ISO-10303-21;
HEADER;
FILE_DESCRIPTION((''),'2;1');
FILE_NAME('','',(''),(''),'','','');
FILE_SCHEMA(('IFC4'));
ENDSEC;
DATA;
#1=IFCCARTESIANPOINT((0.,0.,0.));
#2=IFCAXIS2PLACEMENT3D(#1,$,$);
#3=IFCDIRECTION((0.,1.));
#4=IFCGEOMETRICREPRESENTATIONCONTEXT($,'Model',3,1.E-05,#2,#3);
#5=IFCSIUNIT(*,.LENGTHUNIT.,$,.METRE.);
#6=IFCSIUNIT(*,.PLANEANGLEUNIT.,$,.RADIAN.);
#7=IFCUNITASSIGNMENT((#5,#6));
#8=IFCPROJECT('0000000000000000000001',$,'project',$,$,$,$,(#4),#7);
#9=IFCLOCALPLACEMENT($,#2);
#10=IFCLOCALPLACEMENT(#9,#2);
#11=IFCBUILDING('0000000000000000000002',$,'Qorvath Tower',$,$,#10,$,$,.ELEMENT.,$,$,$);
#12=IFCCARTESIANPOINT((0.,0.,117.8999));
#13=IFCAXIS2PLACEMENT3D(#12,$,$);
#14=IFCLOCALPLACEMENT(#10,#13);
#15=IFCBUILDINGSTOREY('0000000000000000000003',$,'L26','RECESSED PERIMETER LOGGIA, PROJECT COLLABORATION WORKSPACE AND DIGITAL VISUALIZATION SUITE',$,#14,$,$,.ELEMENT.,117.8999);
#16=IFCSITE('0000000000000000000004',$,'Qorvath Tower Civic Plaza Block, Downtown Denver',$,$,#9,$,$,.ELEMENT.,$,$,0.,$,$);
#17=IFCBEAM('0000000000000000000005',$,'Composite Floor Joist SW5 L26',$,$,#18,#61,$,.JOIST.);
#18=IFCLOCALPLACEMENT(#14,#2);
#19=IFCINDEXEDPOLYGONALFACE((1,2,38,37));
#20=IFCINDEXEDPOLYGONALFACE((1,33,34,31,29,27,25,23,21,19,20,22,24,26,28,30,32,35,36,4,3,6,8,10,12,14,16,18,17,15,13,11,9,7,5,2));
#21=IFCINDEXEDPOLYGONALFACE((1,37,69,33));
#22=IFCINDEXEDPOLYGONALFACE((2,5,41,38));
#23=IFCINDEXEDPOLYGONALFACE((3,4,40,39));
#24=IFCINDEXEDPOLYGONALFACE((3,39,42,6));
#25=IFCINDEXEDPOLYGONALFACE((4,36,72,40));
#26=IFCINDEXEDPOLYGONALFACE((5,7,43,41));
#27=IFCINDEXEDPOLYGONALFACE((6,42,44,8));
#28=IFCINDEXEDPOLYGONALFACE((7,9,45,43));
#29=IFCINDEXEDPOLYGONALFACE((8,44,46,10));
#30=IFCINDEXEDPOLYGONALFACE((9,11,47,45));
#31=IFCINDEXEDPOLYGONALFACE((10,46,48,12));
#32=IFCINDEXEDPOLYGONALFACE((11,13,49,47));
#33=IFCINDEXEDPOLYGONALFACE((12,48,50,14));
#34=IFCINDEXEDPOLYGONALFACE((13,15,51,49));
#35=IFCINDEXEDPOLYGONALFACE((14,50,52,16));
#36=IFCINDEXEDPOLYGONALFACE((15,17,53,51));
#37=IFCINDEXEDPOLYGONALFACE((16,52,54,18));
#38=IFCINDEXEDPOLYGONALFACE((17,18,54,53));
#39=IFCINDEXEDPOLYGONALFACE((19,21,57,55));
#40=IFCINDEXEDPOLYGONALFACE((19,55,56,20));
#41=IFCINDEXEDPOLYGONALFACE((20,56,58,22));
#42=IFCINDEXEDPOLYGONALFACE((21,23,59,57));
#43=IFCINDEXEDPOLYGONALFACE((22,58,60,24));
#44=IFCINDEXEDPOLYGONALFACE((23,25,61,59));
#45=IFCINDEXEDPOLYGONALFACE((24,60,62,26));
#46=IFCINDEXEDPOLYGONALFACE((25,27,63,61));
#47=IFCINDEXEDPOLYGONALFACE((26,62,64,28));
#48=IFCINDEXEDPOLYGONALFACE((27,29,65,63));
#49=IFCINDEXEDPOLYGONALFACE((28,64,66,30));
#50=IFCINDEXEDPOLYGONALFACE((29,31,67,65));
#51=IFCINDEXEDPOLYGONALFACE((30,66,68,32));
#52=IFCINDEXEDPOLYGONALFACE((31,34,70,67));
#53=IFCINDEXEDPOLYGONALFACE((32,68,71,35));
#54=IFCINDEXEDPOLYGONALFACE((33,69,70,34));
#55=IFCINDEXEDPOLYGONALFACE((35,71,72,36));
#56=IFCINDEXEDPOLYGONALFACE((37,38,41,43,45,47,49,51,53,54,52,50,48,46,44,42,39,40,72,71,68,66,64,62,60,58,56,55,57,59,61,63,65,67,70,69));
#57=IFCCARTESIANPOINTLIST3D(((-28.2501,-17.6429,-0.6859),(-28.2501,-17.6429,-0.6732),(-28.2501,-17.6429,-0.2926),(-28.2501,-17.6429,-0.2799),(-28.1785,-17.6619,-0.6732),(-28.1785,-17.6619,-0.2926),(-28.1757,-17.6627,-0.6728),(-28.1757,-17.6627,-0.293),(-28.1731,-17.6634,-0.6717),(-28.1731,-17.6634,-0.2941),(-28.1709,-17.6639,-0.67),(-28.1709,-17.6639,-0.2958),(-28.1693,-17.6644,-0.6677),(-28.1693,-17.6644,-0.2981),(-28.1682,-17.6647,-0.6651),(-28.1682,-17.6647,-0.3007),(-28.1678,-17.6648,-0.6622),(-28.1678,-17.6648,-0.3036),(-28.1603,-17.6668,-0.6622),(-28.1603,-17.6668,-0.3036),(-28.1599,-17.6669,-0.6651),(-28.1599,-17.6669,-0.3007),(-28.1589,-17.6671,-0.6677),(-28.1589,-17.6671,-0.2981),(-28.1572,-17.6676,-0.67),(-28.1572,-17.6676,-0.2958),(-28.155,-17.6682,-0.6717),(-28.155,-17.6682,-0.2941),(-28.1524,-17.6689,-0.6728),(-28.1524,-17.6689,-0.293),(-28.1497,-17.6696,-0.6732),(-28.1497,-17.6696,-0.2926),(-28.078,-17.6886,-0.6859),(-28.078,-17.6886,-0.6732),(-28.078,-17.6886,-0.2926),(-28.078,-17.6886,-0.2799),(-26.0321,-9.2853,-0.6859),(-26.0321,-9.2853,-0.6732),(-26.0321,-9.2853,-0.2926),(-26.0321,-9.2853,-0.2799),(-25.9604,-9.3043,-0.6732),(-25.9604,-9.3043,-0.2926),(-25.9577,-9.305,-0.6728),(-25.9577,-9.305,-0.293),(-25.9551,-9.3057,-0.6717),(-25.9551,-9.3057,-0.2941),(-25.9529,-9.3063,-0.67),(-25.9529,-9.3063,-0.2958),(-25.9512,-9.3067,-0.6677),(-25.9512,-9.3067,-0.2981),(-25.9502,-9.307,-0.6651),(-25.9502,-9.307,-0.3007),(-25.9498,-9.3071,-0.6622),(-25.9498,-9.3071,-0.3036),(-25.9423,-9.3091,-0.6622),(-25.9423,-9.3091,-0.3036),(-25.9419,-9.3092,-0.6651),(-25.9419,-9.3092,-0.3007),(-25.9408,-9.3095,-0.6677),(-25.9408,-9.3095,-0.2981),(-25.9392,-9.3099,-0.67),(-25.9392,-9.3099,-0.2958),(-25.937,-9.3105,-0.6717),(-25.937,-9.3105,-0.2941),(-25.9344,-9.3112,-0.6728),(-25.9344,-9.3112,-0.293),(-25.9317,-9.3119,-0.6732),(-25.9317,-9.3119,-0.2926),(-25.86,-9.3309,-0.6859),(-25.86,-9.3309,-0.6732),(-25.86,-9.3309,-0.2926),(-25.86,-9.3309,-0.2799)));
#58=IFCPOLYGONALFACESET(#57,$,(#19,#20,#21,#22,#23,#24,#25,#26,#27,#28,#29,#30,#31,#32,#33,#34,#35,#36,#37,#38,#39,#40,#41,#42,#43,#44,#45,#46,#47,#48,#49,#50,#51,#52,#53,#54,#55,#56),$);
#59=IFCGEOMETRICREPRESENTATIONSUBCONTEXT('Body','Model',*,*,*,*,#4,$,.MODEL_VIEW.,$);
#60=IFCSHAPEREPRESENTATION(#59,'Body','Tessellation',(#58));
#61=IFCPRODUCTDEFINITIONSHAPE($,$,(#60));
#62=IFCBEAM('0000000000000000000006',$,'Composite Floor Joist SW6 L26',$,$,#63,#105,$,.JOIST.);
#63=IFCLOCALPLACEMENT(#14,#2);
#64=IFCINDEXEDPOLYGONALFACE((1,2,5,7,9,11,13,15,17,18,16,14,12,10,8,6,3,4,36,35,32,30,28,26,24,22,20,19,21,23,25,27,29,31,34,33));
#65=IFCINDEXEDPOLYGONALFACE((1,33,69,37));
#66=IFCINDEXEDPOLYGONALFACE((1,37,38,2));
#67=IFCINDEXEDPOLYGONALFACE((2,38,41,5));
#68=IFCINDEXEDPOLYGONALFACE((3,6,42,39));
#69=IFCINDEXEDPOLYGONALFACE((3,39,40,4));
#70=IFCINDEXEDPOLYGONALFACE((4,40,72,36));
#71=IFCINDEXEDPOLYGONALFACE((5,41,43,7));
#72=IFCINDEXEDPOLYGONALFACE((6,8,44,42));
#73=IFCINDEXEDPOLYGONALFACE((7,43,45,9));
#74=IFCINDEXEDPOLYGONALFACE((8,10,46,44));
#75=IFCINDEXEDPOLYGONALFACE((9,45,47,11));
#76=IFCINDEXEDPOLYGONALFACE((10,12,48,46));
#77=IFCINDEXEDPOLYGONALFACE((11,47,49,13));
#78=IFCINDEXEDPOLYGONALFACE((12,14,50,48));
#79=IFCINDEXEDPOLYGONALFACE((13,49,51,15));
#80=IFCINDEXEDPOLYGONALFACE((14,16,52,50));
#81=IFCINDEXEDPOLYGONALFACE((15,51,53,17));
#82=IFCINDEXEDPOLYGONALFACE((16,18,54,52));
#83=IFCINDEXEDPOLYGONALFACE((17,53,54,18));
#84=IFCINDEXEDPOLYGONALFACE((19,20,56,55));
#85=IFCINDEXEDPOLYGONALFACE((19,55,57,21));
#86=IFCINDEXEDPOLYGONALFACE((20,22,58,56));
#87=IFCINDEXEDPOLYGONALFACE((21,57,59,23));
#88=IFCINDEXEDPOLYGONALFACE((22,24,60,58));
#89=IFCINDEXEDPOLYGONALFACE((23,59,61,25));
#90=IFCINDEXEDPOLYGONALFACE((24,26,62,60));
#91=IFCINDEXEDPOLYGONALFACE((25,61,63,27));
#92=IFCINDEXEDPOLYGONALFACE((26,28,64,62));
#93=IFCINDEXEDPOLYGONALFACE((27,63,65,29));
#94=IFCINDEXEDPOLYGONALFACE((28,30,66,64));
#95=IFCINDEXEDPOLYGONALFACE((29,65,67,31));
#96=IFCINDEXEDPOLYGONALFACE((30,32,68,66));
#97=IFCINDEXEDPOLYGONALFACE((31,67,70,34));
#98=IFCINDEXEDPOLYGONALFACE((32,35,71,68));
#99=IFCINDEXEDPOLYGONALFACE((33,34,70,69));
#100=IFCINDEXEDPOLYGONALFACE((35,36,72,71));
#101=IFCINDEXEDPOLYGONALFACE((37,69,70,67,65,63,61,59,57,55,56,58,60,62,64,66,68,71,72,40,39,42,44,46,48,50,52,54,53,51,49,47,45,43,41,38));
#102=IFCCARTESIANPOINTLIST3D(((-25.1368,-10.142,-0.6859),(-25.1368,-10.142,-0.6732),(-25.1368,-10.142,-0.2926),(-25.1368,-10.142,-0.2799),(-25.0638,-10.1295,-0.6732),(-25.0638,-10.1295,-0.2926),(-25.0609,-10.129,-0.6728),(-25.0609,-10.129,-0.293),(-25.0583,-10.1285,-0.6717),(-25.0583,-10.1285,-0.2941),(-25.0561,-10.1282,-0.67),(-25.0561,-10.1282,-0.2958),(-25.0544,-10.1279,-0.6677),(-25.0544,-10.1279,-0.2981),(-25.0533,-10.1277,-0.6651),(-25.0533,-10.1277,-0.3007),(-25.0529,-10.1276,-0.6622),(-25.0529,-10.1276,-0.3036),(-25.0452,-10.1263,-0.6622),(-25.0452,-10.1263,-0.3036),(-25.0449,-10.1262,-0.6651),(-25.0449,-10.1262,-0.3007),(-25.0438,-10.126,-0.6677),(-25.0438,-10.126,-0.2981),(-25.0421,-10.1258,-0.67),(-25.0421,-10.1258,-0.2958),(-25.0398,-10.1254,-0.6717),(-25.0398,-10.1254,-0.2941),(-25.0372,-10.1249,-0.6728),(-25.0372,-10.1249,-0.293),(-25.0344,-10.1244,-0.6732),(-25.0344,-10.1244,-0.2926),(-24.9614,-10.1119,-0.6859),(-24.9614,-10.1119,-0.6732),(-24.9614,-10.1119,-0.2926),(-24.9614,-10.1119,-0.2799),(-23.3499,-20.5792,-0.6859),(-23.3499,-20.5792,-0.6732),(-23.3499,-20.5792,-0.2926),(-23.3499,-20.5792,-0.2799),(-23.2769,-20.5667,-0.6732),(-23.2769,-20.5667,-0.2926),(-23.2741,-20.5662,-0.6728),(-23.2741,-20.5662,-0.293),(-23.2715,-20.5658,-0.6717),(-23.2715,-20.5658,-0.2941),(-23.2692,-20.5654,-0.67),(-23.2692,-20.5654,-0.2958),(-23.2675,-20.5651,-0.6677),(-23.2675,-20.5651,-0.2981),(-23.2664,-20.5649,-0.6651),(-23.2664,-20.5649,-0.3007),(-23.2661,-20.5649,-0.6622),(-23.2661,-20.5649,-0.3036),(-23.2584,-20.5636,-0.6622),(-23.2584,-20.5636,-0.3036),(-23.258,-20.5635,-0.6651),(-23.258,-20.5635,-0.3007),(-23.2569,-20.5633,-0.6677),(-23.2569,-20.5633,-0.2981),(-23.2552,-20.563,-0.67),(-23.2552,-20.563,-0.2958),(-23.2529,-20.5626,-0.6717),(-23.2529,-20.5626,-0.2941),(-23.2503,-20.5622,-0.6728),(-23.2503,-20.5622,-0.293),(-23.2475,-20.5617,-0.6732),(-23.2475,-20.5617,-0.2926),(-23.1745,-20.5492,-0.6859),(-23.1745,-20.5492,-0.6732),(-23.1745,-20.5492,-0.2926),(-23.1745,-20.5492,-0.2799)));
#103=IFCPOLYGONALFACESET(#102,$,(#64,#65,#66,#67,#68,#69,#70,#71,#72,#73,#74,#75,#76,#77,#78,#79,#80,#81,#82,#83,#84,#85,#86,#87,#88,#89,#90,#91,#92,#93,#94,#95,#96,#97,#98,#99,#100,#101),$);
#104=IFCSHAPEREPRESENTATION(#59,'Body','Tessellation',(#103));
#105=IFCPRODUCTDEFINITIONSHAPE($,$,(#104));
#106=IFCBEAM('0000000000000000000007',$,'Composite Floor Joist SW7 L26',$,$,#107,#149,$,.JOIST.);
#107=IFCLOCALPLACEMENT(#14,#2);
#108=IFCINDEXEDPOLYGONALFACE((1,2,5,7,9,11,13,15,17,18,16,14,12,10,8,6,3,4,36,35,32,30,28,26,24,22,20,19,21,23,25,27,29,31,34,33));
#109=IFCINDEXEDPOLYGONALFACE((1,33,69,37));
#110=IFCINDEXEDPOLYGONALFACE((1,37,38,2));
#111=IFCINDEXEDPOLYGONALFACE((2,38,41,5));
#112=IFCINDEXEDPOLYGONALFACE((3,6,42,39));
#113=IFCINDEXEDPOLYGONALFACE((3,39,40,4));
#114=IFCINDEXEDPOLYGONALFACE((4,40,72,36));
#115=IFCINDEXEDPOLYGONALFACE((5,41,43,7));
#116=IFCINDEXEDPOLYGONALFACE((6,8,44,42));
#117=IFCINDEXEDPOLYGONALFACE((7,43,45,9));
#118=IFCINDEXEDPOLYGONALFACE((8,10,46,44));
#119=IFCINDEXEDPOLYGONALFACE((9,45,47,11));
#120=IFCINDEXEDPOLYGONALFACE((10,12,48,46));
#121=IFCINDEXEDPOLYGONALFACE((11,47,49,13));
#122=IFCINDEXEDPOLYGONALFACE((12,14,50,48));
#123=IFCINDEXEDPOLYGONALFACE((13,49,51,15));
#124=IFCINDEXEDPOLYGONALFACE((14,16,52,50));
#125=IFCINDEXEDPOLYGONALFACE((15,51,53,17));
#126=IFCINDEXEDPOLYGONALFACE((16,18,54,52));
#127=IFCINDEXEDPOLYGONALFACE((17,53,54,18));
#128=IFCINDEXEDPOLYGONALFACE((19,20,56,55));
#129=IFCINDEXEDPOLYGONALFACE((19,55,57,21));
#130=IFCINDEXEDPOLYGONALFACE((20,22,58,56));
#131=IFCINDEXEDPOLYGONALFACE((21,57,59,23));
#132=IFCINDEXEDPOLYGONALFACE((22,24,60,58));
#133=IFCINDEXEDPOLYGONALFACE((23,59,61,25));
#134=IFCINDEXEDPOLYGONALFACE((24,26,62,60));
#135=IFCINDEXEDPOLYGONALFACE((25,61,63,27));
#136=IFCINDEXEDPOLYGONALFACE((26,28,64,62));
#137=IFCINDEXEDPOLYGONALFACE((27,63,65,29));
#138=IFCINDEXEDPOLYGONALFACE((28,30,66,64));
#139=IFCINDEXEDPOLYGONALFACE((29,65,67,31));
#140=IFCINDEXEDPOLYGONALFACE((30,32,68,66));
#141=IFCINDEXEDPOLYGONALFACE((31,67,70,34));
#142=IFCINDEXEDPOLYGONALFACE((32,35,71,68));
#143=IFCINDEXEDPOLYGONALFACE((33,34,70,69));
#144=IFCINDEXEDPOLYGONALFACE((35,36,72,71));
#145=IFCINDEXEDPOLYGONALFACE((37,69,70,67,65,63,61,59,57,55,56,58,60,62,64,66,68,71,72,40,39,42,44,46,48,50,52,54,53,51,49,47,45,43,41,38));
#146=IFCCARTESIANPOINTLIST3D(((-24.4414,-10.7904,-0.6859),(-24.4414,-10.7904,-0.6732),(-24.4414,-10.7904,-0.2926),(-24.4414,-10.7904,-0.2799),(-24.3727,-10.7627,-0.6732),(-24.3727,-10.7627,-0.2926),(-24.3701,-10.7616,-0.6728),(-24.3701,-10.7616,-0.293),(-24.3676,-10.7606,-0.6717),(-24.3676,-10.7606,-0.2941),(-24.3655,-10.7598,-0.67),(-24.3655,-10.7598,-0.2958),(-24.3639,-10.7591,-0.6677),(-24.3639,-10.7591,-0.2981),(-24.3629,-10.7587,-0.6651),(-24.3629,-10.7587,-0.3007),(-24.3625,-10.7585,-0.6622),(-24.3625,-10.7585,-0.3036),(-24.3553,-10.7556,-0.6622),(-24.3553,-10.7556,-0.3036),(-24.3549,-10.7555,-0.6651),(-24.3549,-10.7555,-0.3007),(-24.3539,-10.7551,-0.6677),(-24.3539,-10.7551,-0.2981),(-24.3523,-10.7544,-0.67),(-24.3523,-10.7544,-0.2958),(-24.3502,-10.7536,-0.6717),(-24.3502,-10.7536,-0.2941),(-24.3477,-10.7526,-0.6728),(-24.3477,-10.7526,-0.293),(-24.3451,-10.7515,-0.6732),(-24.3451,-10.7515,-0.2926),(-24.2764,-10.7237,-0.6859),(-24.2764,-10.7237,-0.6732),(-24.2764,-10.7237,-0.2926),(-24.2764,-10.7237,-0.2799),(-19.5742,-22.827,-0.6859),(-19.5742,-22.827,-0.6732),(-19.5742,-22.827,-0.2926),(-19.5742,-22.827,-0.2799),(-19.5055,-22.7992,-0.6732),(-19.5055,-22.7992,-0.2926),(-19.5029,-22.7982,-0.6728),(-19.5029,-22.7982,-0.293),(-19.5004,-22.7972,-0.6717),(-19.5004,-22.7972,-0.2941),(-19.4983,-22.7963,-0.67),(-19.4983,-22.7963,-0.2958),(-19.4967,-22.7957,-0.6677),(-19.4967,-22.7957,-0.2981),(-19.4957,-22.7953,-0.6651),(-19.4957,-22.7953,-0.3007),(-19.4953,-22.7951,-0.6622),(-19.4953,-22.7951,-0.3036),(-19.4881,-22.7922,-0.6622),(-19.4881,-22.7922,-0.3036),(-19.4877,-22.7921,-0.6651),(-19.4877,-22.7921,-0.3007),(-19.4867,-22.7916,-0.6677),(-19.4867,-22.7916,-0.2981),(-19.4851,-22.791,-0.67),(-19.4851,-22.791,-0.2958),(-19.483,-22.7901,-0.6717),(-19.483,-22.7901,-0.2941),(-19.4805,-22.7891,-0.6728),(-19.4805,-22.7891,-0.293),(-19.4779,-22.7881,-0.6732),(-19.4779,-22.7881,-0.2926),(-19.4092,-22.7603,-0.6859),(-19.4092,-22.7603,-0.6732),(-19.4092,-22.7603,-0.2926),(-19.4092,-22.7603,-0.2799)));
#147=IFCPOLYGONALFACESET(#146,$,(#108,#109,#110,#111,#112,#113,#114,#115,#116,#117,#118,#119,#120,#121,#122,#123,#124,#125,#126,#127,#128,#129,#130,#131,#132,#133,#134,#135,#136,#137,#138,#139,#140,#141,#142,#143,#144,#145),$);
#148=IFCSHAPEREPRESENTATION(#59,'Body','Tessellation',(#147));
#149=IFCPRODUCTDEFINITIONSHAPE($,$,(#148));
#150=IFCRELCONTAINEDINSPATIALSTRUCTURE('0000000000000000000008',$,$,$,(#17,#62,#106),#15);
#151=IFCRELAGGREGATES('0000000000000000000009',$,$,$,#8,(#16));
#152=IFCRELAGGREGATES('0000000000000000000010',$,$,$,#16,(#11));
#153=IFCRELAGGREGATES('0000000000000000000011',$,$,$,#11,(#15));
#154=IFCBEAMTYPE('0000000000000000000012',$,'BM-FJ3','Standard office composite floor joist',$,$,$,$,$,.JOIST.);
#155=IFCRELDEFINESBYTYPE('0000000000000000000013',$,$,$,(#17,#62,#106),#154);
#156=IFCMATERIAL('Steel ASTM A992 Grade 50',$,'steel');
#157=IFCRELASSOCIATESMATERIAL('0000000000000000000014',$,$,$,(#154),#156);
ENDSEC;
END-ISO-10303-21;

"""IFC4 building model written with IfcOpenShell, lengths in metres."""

from ifc_helpers import new_model, si_unit, direction, frame, origin, origin_2d, place, context, subcontext, project, spatial, i_section, extrude, material, material_profile, profile_set, type_object, element, save


model = new_model("IFC4")

# Units and contexts
model_context = context("Model", 3, precision=1e-05, world=origin(), true_north=direction((0.0, 1.0)))
body_context = subcontext(model_context, "Body", "Model", "MODEL_VIEW")
ifc_project = project(units=[si_unit("LENGTHUNIT", "METRE"), si_unit("PLANEANGLEUNIT", "RADIAN")], contexts=[model_context])

# Site, building, storey
site_placement = place(None, origin())
site = spatial("IfcSite", under=ifc_project, at=site_placement, Name="Qorvath Tower Civic Plaza Block, Downtown Denver", CompositionType="ELEMENT", RefElevation=0.0)
building_placement = place(site_placement, origin())
building = spatial("IfcBuilding", under=site, at=building_placement, Name="Qorvath Tower", CompositionType="ELEMENT")
storey_placement = place(building_placement, frame((0.0, 0.0, 117.8999)))
storey = spatial("IfcBuildingStorey", under=building, at=storey_placement, Name="L26", Description="RECESSED PERIMETER LOGGIA, PROJECT COLLABORATION WORKSPACE AND DIGITAL VISUALIZATION SUITE", CompositionType="ELEMENT", Elevation=117.8999)

# Beams
ifc_material_1 = material(Name="Steel ASTM A992 Grade 50", Category="steel")
ifc_material_profile_1 = material_profile(ifc_material_1, i_section(OverallWidth=0.178, OverallDepth=0.406, WebThickness=0.0078, FlangeThickness=0.0127, FilletRadius=0.011, at=origin_2d()), Name="W16x40")
ifc_profile_set_1 = profile_set([ifc_material_profile_1], Name="Steel ASTM A992 Grade 50")
beam_type_1 = type_object("IfcBeamType", Name="BM-FJ3", Description="Standard office composite floor joist", PredefinedType="JOIST", material=ifc_profile_set_1)
beam_1_placement = place(storey_placement, frame((-25.946, -9.3081, -0.4829), z_axis=(-0.256508, -0.966542, 0.0), x_axis=(0.966542, -0.256508, 0.0)))
element("IfcBeam", 1, at=beam_1_placement, inside=storey, type_object=beam_type_1, Name="Composite Floor Joist SW5 L26", PredefinedType="JOIST", context=body_context, shape_type="SweptSolid", body=[
    extrude(i_section(OverallWidth=0.178, OverallDepth=0.406, WebThickness=0.0078, FlangeThickness=0.0127, FilletRadius=0.011, at=origin_2d()), origin(), (0.0, 0.0, 1.0), 8.647),
])
beam_2_placement = place(storey_placement, frame((-25.0491, -10.127, -0.4829), z_axis=(0.168746, -0.98566, 0.0), x_axis=(0.98566, 0.168746, 0.0)))
element("IfcBeam", 2, at=beam_2_placement, inside=storey, type_object=beam_type_1, Name="Composite Floor Joist SW6 L26", PredefinedType="JOIST", context=body_context, shape_type="SweptSolid", body=[
    extrude(i_section(OverallWidth=0.178, OverallDepth=0.406, WebThickness=0.0078, FlangeThickness=0.0127, FilletRadius=0.011, at=origin_2d()), origin(), (0.0, 0.0, 1.0), 10.5891),
])
beam_3_placement = place(storey_placement, frame((-24.3589, -10.7571, -0.4829), z_axis=(0.374877, -0.927075, 0.0), x_axis=(0.927075, 0.374877, 0.0)))
element("IfcBeam", 3, at=beam_3_placement, inside=storey, type_object=beam_type_1, Name="Composite Floor Joist SW7 L26", PredefinedType="JOIST", context=body_context, shape_type="SweptSolid", body=[
    extrude(i_section(OverallWidth=0.178, OverallDepth=0.406, WebThickness=0.0078, FlangeThickness=0.0127, FilletRadius=0.011, at=origin_2d()), origin(), (0.0, 0.0, 1.0), 12.9834),
])

save(model, "model.ifc")
